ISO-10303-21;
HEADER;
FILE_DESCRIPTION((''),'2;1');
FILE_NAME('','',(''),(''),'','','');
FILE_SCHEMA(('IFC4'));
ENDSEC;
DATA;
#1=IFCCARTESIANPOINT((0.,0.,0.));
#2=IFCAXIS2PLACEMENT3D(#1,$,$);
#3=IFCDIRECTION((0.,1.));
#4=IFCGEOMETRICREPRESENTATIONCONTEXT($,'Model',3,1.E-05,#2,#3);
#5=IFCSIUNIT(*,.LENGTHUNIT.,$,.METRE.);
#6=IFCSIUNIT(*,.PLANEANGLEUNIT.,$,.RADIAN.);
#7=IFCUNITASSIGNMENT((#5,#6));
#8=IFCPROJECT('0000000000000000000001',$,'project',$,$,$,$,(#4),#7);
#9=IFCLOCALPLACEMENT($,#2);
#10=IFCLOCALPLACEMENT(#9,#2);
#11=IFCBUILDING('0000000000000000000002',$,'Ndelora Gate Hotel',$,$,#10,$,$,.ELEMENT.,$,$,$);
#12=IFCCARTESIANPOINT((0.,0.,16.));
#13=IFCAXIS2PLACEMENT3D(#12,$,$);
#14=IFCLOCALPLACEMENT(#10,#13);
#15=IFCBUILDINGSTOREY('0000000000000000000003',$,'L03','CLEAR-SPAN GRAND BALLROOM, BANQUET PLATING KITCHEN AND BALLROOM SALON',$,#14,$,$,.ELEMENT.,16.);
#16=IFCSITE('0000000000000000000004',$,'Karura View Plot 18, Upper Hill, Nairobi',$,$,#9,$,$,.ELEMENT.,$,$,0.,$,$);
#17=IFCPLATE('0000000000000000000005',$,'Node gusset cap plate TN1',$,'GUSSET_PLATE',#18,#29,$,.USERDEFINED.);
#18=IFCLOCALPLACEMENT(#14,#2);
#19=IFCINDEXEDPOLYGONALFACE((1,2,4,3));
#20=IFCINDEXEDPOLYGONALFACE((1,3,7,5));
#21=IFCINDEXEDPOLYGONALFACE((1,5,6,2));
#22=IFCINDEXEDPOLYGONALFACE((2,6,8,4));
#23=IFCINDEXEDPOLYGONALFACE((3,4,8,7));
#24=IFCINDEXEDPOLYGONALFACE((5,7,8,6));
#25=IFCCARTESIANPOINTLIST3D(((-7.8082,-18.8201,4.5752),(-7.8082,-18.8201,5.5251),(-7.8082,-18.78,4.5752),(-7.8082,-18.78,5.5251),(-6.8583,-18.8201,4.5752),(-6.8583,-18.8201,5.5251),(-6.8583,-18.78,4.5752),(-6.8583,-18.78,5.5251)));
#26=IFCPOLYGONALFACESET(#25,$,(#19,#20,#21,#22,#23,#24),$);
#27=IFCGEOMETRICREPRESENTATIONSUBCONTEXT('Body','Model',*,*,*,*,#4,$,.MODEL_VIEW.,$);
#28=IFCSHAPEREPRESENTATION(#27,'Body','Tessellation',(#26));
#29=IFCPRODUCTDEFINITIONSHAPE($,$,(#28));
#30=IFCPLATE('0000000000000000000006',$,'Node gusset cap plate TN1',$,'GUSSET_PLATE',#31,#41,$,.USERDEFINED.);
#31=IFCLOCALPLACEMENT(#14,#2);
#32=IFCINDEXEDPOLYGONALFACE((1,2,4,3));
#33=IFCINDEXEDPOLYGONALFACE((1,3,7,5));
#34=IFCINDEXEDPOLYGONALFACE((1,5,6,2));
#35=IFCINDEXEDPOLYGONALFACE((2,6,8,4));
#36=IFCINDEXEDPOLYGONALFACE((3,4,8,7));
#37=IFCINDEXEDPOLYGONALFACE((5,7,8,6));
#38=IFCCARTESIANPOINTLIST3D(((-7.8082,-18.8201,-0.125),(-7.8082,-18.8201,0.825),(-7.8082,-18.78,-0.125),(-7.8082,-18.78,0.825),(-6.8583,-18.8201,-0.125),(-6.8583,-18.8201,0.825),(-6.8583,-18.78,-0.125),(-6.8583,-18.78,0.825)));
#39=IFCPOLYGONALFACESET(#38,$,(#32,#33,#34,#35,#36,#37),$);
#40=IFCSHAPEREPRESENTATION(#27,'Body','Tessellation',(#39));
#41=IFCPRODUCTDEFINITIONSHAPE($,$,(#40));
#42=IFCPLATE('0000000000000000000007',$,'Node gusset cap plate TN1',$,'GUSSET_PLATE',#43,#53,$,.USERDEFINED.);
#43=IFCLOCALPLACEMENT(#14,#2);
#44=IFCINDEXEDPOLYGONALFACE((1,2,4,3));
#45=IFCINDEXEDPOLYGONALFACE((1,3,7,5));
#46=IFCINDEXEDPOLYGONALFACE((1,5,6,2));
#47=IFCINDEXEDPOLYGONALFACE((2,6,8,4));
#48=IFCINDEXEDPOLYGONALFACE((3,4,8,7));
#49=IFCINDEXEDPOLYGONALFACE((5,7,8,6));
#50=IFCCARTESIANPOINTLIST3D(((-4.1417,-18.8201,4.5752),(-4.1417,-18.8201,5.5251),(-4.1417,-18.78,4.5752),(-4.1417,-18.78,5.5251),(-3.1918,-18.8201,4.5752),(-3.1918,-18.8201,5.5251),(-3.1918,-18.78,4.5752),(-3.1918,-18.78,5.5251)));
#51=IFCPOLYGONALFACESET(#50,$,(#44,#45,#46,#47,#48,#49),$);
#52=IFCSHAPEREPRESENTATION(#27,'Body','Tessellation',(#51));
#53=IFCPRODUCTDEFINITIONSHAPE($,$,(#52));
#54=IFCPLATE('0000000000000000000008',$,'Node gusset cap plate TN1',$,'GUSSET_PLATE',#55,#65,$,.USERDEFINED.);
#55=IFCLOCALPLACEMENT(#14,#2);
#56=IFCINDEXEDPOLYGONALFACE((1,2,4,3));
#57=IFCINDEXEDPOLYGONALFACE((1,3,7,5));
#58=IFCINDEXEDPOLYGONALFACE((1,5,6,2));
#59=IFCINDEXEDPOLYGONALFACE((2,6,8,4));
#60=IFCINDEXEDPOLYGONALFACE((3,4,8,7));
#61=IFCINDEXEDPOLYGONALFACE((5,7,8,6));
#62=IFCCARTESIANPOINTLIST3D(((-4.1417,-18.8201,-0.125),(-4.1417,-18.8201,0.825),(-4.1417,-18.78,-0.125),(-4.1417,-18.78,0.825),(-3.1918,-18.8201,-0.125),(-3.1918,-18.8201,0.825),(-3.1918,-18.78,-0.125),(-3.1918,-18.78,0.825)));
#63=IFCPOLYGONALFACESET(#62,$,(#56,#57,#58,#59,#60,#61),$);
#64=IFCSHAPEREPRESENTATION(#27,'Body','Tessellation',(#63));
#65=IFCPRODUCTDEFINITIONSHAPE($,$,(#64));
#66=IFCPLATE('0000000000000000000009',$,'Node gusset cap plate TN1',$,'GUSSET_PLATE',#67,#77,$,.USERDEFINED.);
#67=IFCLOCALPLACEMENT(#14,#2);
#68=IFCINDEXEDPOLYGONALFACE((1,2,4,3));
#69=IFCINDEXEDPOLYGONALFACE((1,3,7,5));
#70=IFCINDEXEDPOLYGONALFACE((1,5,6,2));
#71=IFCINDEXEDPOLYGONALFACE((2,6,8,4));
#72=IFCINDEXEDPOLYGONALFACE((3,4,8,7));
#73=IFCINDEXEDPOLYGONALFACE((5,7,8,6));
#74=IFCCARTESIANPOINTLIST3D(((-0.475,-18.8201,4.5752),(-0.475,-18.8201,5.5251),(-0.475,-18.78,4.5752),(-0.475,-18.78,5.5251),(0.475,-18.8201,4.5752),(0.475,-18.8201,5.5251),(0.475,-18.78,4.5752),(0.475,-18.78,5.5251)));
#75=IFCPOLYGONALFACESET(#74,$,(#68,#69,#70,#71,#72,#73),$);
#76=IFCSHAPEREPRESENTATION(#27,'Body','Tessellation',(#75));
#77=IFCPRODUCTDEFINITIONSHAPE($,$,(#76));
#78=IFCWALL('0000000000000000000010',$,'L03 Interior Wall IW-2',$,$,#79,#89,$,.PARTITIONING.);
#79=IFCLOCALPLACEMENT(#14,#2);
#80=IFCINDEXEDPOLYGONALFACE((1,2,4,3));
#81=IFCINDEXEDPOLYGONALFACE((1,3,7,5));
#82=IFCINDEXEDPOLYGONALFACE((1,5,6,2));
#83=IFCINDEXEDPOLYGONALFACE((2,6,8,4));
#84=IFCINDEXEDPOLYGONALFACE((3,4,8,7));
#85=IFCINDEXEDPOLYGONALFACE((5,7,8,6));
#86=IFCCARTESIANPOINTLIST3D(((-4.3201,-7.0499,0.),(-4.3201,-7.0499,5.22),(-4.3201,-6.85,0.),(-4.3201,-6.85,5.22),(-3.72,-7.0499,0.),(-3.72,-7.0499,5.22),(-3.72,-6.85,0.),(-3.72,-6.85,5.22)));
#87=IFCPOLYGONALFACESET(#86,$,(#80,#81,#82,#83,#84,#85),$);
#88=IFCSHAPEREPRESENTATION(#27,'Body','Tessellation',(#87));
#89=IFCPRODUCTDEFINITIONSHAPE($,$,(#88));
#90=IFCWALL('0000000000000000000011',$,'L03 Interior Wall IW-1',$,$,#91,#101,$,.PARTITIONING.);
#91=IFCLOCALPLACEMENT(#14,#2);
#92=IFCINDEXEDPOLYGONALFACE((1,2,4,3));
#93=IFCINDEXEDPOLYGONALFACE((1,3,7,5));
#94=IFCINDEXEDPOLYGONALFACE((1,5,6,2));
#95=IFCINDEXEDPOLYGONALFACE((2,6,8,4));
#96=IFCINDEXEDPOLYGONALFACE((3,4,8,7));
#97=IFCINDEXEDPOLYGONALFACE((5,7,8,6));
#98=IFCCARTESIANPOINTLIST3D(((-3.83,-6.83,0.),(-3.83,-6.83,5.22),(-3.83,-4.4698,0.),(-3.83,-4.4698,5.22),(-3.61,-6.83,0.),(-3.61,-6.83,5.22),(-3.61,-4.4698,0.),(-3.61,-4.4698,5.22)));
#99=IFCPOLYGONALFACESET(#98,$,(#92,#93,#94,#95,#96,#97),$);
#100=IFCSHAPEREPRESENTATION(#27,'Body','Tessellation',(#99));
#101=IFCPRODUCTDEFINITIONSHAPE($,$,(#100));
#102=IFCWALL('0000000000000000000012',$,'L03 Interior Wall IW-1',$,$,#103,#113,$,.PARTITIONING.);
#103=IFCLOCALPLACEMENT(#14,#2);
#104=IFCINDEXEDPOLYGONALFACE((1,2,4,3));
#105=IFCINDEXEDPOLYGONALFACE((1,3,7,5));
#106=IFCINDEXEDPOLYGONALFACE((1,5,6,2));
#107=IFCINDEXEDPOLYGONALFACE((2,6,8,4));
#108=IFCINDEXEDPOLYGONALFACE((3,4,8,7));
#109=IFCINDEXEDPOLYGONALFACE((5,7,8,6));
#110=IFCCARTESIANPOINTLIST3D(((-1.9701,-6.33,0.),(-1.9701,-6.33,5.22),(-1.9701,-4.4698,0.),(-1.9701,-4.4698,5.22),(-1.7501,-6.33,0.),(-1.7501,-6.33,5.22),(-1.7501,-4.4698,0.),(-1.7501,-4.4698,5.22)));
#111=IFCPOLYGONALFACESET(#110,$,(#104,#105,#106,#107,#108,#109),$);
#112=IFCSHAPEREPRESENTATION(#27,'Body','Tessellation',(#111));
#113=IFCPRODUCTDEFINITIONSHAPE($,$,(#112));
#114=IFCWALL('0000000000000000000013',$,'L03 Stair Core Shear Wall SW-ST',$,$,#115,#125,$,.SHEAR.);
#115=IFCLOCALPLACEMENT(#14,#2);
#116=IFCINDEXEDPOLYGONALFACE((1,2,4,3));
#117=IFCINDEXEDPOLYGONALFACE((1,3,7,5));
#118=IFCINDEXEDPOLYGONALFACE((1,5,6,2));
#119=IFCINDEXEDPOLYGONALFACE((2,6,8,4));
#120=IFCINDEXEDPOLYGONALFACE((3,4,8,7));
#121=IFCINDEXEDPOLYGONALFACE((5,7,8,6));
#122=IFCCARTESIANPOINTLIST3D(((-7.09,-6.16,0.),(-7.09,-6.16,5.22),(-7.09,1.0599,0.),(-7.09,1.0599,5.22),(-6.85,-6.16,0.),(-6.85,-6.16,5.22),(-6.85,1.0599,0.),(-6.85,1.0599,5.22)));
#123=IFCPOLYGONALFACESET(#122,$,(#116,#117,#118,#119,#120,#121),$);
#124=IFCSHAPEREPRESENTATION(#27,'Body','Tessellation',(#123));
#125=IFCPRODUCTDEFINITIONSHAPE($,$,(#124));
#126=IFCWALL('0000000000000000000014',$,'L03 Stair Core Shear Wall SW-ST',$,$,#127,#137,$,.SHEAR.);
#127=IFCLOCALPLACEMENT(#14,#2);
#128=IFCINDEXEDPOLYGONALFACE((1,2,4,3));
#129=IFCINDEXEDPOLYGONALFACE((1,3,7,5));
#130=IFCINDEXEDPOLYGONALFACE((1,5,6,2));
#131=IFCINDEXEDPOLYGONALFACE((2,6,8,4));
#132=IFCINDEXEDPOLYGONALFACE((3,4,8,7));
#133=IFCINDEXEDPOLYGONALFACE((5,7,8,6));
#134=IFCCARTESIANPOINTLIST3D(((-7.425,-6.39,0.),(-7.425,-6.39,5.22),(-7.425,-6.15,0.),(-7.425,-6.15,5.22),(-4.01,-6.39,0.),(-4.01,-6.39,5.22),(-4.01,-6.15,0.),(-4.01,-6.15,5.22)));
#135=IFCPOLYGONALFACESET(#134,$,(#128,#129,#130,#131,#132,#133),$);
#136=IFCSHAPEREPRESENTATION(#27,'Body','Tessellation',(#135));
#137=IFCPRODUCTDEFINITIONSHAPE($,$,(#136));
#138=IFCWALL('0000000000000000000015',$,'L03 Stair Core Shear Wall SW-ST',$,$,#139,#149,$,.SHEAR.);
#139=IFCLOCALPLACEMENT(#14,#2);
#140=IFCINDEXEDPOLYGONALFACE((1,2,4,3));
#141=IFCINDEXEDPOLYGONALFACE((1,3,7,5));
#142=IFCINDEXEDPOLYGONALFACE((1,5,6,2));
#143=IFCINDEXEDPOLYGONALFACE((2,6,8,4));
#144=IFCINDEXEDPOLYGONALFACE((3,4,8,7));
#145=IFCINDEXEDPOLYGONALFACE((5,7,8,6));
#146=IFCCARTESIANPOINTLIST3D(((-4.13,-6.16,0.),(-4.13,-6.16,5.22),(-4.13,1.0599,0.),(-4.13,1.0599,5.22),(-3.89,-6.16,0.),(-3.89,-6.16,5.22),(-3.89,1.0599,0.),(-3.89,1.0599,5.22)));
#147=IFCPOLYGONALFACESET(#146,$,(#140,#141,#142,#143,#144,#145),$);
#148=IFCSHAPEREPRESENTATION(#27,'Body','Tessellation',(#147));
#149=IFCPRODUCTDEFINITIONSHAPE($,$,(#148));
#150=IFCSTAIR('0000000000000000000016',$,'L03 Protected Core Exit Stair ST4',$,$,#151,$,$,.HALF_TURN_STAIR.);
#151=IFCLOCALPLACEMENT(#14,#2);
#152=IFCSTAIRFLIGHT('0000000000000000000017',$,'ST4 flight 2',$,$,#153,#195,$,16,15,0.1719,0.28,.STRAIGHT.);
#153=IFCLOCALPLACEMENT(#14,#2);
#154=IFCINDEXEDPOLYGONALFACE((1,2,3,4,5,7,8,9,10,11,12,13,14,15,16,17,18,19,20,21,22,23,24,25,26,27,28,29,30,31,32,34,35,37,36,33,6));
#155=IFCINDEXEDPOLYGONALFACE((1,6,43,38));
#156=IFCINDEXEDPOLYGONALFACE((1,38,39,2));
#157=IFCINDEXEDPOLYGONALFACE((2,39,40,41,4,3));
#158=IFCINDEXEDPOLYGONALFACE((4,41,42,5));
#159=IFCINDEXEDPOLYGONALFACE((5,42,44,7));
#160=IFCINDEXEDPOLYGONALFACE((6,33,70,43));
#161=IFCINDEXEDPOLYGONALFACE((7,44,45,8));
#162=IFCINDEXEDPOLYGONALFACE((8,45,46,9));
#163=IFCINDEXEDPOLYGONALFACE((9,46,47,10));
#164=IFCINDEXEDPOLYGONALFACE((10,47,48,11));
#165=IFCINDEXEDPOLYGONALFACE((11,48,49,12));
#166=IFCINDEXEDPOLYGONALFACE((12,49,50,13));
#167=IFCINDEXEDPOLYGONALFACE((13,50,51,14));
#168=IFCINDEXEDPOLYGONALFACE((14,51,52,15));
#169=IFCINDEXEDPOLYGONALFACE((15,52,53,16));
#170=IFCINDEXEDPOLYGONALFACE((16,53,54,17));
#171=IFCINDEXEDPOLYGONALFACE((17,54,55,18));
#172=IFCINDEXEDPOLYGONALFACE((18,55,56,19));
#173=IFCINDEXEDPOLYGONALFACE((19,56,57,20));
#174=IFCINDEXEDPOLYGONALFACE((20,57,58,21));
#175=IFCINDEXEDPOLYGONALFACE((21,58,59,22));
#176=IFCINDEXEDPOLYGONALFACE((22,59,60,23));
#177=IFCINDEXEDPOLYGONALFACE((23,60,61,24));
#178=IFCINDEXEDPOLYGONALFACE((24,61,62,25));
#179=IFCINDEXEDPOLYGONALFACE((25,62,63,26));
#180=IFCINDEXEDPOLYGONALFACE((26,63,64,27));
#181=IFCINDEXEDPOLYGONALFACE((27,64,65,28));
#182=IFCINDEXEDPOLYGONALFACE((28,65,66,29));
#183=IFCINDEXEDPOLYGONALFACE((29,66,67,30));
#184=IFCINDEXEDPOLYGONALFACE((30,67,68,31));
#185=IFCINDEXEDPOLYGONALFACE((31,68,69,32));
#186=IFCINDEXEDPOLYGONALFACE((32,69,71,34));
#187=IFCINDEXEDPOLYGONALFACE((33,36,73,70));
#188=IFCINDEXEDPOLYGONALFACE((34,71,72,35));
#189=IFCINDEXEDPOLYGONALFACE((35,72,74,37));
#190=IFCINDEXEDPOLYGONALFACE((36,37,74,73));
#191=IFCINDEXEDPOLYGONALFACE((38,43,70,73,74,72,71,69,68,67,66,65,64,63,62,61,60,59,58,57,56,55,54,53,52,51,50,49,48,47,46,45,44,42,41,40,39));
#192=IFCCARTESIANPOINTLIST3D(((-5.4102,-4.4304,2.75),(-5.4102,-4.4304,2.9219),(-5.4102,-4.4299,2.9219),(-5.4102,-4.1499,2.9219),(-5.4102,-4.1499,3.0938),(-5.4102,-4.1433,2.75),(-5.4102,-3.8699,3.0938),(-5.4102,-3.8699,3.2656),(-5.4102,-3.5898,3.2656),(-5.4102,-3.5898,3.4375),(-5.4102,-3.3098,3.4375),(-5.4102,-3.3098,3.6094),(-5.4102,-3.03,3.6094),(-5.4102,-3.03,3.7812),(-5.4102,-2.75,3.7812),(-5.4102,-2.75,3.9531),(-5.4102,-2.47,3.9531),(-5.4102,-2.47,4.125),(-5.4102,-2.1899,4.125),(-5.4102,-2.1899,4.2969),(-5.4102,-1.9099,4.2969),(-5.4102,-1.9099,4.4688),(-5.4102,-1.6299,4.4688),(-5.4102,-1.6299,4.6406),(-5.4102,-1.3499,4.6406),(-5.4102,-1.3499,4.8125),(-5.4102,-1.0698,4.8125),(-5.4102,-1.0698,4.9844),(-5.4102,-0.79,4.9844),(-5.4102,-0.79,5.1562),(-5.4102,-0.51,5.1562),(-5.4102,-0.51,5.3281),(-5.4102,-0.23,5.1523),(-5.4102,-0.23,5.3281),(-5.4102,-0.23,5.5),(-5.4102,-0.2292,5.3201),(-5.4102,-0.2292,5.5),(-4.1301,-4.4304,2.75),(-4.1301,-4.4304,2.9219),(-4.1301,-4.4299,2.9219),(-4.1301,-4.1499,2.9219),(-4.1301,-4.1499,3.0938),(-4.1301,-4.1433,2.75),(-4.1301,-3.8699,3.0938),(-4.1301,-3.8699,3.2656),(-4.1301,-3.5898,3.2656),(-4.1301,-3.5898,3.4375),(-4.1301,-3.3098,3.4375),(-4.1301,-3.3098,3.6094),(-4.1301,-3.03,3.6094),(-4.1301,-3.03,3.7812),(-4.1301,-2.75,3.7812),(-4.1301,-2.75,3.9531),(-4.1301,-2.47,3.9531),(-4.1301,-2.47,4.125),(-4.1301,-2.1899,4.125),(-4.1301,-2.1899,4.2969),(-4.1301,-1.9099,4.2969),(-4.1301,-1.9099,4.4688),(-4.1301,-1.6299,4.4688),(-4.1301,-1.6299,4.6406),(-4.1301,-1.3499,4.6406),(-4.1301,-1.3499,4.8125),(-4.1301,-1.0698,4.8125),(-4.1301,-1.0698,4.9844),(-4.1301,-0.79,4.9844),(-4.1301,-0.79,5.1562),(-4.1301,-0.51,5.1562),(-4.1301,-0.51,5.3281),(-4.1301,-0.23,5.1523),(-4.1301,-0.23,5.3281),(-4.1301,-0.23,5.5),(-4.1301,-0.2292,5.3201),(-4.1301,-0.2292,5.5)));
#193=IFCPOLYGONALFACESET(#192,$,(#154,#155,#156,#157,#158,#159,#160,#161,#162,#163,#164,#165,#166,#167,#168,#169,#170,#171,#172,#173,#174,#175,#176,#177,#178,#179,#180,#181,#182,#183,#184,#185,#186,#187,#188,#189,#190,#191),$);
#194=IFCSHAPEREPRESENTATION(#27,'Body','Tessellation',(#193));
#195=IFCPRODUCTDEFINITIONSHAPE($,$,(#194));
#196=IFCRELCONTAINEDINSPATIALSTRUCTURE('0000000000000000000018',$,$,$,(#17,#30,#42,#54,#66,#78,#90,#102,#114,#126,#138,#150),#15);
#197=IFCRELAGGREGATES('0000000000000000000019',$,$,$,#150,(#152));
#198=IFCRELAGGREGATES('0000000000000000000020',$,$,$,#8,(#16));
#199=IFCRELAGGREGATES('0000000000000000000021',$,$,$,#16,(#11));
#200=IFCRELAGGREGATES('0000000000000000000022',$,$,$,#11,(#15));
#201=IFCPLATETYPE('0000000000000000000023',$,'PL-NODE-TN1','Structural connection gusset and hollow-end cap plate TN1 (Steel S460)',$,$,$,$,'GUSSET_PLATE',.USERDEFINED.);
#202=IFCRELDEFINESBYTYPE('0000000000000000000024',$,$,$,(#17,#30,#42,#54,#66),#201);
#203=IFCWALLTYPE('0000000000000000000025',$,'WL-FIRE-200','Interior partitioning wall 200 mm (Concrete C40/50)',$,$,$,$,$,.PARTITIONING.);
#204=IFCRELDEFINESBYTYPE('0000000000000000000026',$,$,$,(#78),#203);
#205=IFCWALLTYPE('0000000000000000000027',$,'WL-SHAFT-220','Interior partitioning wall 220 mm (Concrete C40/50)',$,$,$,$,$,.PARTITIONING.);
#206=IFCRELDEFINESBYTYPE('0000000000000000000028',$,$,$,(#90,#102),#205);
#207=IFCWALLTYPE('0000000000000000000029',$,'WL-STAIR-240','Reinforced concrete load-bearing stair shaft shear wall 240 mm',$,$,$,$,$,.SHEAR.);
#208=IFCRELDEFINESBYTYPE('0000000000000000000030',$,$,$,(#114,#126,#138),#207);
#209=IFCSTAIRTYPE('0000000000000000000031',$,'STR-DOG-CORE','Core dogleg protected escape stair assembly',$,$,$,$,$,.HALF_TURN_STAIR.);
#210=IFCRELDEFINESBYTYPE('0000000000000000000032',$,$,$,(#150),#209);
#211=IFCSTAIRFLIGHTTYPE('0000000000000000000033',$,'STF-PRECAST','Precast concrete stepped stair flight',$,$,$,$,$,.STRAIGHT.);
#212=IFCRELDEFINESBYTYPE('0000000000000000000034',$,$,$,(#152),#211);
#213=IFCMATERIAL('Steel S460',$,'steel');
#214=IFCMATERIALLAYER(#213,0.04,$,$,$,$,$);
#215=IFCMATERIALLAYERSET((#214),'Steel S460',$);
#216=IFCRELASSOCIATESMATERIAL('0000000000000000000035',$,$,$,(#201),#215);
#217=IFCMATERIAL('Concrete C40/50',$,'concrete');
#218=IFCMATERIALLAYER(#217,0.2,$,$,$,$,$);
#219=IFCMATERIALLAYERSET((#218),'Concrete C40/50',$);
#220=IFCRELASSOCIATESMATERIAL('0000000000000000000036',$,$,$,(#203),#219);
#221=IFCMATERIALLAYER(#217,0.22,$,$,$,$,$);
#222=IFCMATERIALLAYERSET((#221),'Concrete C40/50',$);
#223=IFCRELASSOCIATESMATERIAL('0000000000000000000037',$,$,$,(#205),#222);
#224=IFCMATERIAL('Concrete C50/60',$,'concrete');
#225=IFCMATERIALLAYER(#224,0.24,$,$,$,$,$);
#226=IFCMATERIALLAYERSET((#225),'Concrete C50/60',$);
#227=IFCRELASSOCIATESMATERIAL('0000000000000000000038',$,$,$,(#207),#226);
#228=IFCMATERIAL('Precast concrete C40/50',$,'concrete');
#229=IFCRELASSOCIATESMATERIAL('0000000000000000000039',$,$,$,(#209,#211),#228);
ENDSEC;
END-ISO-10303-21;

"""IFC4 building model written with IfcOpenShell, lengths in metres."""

from ifc_helpers import new_model, si_unit, direction, frame, frame_2d, origin, origin_2d, place, context, subcontext, project, spatial, polyline, rectangle, outline, extrude, material, layer, layer_set, type_object, element, aggregate, save


model = new_model("IFC4")

# Units and contexts
model_context = context("Model", 3, precision=1e-05, world=origin(), true_north=direction((0.0, 1.0)))
body_context = subcontext(model_context, "Body", "Model", "MODEL_VIEW")
ifc_project = project(units=[si_unit("LENGTHUNIT", "METRE"), si_unit("PLANEANGLEUNIT", "RADIAN")], contexts=[model_context])

# Site, building, storey
site_placement = place(None, origin())
site = spatial("IfcSite", under=ifc_project, at=site_placement, Name="Karura View Plot 18, Upper Hill, Nairobi", CompositionType="ELEMENT", RefElevation=0.0)
building_placement = place(site_placement, origin())
building = spatial("IfcBuilding", under=site, at=building_placement, Name="Ndelora Gate Hotel", CompositionType="ELEMENT")
storey_placement = place(building_placement, frame((0.0, 0.0, 16.0)))
storey = spatial("IfcBuildingStorey", under=building, at=storey_placement, Name="L03", Description="CLEAR-SPAN GRAND BALLROOM, BANQUET PLATING KITCHEN AND BALLROOM SALON", CompositionType="ELEMENT", Elevation=16.0)

# Shared definitions
ifc_material_1 = material(Name="Concrete C50/60", Category="concrete")

# Shared definitions
ifc_material_2 = material(Name="Steel S460", Category="steel")

# Plates
ifc_layer_1 = layer(ifc_material_2, 0.04)
ifc_layer_set_1 = layer_set([ifc_layer_1], Name="Steel S460")
plate_type_1 = type_object("IfcPlateType", Name="PL-NODE-TN1", Description="Structural connection gusset and hollow-end cap plate TN1 (Steel S460)", ElementType="GUSSET_PLATE", PredefinedType="USERDEFINED", material=ifc_layer_set_1)
for number, where, z_axis, x_axis, name in (
    (1, (-7.3333, -18.8, 4.5752), (0.0, 0.0, 1.0), (1.0, 0.0, 0.0), "Node gusset cap plate TN1"),
    (2, (-7.3333, -18.8, -0.125), (0.0, 0.0, 1.0), (1.0, 0.0, 0.0), "Node gusset cap plate TN1"),
    (3, (-3.6667, -18.8, 4.5752), (0.0, 0.0, 1.0), (1.0, 0.0, 0.0), "Node gusset cap plate TN1"),
    (4, (-3.6667, -18.8, -0.125), (0.0, 0.0, 1.0), (1.0, 0.0, 0.0), "Node gusset cap plate TN1"),
    (5, (0.0, -18.8, 4.5752), (0.0, 0.0, 1.0), (1.0, 0.0, 0.0), "Node gusset cap plate TN1"),
):
    element("IfcPlate", number, at=place(storey_placement, frame(where, z_axis=z_axis, x_axis=x_axis)), inside=storey, type_object=plate_type_1, Name=name, ObjectType="GUSSET_PLATE", PredefinedType="USERDEFINED", context=body_context, shape_type="SweptSolid", body=[
        extrude(rectangle(XDim=0.95, YDim=0.04, at=origin_2d()), origin(), (0.0, 0.0, 1.0), 0.95),
    ])

# Wall
ifc_material_3 = material(Name="Concrete C40/50", Category="concrete")
ifc_layer_2 = layer(ifc_material_3, 0.2)
ifc_layer_set_2 = layer_set([ifc_layer_2], Name="Concrete C40/50")
wall_type_1 = type_object("IfcWallType", Name="WL-FIRE-200", Description="Interior partitioning wall 200 mm (Concrete C40/50)", PredefinedType="PARTITIONING", material=ifc_layer_set_2)
wall_1_placement = place(storey_placement, frame((-4.3201, -6.95, 0.0), z_axis=(0.0, 0.0, 1.0), x_axis=(1.0, 0.0, 0.0)))
element("IfcWall", 6, at=wall_1_placement, inside=storey, type_object=wall_type_1, Name="L03 Interior Wall IW-2", PredefinedType="PARTITIONING", context=body_context, shape_type="SweptSolid", body=[
    extrude(rectangle(XDim=0.6001, YDim=0.2, at=frame_2d((0.3, 0.0))), origin(), (0.0, 0.0, 1.0), 5.22),
])

# Shared definitions
ifc_layer_3 = layer(ifc_material_3, 0.22)
ifc_layer_set_3 = layer_set([ifc_layer_3], Name="Concrete C40/50")
wall_type_2 = type_object("IfcWallType", Name="WL-SHAFT-220", Description="Interior partitioning wall 220 mm (Concrete C40/50)", PredefinedType="PARTITIONING", material=ifc_layer_set_3)

# Walls
wall_2_placement = place(storey_placement, frame((-3.72, -6.8301, 0.0), z_axis=(0.0, 0.0, 1.0), x_axis=(0.0, 1.0, 0.0)))
element("IfcWall", 7, at=wall_2_placement, inside=storey, type_object=wall_type_2, Name="L03 Interior Wall IW-1", PredefinedType="PARTITIONING", context=body_context, shape_type="SweptSolid", body=[
    extrude(rectangle(XDim=2.3601, YDim=0.22, at=frame_2d((1.1802, 0.0))), origin(), (0.0, 0.0, 1.0), 5.22),
])
wall_3_placement = place(storey_placement, frame((-1.8601, -6.3301, 0.0), z_axis=(0.0, 0.0, 1.0), x_axis=(0.0, 1.0, 0.0)))
element("IfcWall", 8, at=wall_3_placement, inside=storey, type_object=wall_type_2, Name="L03 Interior Wall IW-1", PredefinedType="PARTITIONING", context=body_context, shape_type="SweptSolid", body=[
    extrude(rectangle(XDim=1.8601, YDim=0.22, at=frame_2d((0.9302, 0.0))), origin(), (0.0, 0.0, 1.0), 5.22),
])

# Walls
ifc_layer_4 = layer(ifc_material_1, 0.24)
ifc_layer_set_4 = layer_set([ifc_layer_4], Name="Concrete C50/60")
wall_type_3 = type_object("IfcWallType", Name="WL-STAIR-240", Description="Reinforced concrete load-bearing stair shaft shear wall 240 mm", PredefinedType="SHEAR", material=ifc_layer_set_4)
wall_4_placement = place(storey_placement, frame((-6.97, -6.1599, 0.0), z_axis=(0.0, 0.0, 1.0), x_axis=(0.0, 1.0, 0.0)))
element("IfcWall", 9, at=wall_4_placement, inside=storey, type_object=wall_type_3, Name="L03 Stair Core Shear Wall SW-ST", PredefinedType="SHEAR", context=body_context, shape_type="SweptSolid", body=[
    extrude(rectangle(XDim=7.22, YDim=0.24, at=frame_2d((3.6099, 0.0))), origin(), (0.0, 0.0, 1.0), 5.22),
])
wall_5_placement = place(storey_placement, frame((-7.425, -6.27, 0.0), z_axis=(0.0, 0.0, 1.0), x_axis=(1.0, 0.0, 0.0)))
element("IfcWall", 10, at=wall_5_placement, inside=storey, type_object=wall_type_3, Name="L03 Stair Core Shear Wall SW-ST", PredefinedType="SHEAR", context=body_context, shape_type="SweptSolid", body=[
    extrude(rectangle(XDim=3.415, YDim=0.24, at=frame_2d((1.7075, 0.0))), origin(), (0.0, 0.0, 1.0), 5.22),
])
wall_6_placement = place(storey_placement, frame((-4.01, -6.1599, 0.0), z_axis=(0.0, 0.0, 1.0), x_axis=(0.0, 1.0, 0.0)))
element("IfcWall", 11, at=wall_6_placement, inside=storey, type_object=wall_type_3, Name="L03 Stair Core Shear Wall SW-ST", PredefinedType="SHEAR", context=body_context, shape_type="SweptSolid", body=[
    extrude(rectangle(XDim=7.22, YDim=0.24, at=frame_2d((3.6099, 0.0))), origin(), (0.0, 0.0, 1.0), 5.22),
])

# Stair, stair flight
ifc_material_4 = material(Name="Precast concrete C40/50", Category="concrete")
stair_type = type_object("IfcStairType", Name="STR-DOG-CORE", Description="Core dogleg protected escape stair assembly", PredefinedType="HALF_TURN_STAIR", material=ifc_material_4)
stair_placement = place(storey_placement, origin())
stair = element("IfcStair", 12, at=stair_placement, inside=storey, type_object=stair_type, Name="L03 Protected Core Exit Stair ST4", PredefinedType="HALF_TURN_STAIR")
stair_flight_type = type_object("IfcStairFlightType", Name="STF-PRECAST", Description="Precast concrete stepped stair flight", PredefinedType="STRAIGHT", material=ifc_material_4)
stair_flight_placement = place(storey_placement, frame((-4.77, -4.4299, 2.75), z_axis=(0.0, 0.0, 1.0), x_axis=(0.0, 1.0, 0.0)))
stair_flight = element("IfcStairFlight", 13, at=stair_flight_placement, type_object=stair_flight_type, Name="ST4 flight 2", NumberOfRisers=16, NumberOfTreads=15, PredefinedType="STRAIGHT", RiserHeight=0.1719, TreadLength=0.28, context=body_context, shape_type="SweptSolid", body=[
    extrude(outline(polyline([(-0.0005, 0.0), (-0.0005, 0.1719), (0.0, 0.1719), (0.28, 0.1719), (0.28, 0.3438), (0.5601, 0.3438), (0.5601, 0.5156), (0.8401, 0.5156), (0.8401, 0.6875), (1.1201, 0.6875), (1.1201, 0.8594), (1.3999, 0.8594), (1.3999, 1.0312), (1.6799, 1.0312), (1.6799, 1.2031), (1.96, 1.2031), (1.96, 1.375), (2.24, 1.375), (2.24, 1.5469), (2.52, 1.5469), (2.52, 1.7188), (2.8, 1.7188), (2.8, 1.8906), (3.0801, 1.8906), (3.0801, 2.0625), (3.3601, 2.0625), (3.3601, 2.2344), (3.6399, 2.2344), (3.6399, 2.4062), (3.9199, 2.4062), (3.9199, 2.5781), (4.2, 2.5781), (4.2, 2.75), (4.2007, 2.75), (4.2007, 2.5701), (4.2, 2.4023), (0.2866, 0.0), (-0.0005, 0.0)])), frame((0.0, 0.6401, 0.0), z_axis=(0.0, -1.0, 0.0), x_axis=(1.0, 0.0, 0.0)), (0.0, 0.0, 1.0), 1.28),
])
aggregate(stair, [stair_flight])

save(model, "model.ifc")
